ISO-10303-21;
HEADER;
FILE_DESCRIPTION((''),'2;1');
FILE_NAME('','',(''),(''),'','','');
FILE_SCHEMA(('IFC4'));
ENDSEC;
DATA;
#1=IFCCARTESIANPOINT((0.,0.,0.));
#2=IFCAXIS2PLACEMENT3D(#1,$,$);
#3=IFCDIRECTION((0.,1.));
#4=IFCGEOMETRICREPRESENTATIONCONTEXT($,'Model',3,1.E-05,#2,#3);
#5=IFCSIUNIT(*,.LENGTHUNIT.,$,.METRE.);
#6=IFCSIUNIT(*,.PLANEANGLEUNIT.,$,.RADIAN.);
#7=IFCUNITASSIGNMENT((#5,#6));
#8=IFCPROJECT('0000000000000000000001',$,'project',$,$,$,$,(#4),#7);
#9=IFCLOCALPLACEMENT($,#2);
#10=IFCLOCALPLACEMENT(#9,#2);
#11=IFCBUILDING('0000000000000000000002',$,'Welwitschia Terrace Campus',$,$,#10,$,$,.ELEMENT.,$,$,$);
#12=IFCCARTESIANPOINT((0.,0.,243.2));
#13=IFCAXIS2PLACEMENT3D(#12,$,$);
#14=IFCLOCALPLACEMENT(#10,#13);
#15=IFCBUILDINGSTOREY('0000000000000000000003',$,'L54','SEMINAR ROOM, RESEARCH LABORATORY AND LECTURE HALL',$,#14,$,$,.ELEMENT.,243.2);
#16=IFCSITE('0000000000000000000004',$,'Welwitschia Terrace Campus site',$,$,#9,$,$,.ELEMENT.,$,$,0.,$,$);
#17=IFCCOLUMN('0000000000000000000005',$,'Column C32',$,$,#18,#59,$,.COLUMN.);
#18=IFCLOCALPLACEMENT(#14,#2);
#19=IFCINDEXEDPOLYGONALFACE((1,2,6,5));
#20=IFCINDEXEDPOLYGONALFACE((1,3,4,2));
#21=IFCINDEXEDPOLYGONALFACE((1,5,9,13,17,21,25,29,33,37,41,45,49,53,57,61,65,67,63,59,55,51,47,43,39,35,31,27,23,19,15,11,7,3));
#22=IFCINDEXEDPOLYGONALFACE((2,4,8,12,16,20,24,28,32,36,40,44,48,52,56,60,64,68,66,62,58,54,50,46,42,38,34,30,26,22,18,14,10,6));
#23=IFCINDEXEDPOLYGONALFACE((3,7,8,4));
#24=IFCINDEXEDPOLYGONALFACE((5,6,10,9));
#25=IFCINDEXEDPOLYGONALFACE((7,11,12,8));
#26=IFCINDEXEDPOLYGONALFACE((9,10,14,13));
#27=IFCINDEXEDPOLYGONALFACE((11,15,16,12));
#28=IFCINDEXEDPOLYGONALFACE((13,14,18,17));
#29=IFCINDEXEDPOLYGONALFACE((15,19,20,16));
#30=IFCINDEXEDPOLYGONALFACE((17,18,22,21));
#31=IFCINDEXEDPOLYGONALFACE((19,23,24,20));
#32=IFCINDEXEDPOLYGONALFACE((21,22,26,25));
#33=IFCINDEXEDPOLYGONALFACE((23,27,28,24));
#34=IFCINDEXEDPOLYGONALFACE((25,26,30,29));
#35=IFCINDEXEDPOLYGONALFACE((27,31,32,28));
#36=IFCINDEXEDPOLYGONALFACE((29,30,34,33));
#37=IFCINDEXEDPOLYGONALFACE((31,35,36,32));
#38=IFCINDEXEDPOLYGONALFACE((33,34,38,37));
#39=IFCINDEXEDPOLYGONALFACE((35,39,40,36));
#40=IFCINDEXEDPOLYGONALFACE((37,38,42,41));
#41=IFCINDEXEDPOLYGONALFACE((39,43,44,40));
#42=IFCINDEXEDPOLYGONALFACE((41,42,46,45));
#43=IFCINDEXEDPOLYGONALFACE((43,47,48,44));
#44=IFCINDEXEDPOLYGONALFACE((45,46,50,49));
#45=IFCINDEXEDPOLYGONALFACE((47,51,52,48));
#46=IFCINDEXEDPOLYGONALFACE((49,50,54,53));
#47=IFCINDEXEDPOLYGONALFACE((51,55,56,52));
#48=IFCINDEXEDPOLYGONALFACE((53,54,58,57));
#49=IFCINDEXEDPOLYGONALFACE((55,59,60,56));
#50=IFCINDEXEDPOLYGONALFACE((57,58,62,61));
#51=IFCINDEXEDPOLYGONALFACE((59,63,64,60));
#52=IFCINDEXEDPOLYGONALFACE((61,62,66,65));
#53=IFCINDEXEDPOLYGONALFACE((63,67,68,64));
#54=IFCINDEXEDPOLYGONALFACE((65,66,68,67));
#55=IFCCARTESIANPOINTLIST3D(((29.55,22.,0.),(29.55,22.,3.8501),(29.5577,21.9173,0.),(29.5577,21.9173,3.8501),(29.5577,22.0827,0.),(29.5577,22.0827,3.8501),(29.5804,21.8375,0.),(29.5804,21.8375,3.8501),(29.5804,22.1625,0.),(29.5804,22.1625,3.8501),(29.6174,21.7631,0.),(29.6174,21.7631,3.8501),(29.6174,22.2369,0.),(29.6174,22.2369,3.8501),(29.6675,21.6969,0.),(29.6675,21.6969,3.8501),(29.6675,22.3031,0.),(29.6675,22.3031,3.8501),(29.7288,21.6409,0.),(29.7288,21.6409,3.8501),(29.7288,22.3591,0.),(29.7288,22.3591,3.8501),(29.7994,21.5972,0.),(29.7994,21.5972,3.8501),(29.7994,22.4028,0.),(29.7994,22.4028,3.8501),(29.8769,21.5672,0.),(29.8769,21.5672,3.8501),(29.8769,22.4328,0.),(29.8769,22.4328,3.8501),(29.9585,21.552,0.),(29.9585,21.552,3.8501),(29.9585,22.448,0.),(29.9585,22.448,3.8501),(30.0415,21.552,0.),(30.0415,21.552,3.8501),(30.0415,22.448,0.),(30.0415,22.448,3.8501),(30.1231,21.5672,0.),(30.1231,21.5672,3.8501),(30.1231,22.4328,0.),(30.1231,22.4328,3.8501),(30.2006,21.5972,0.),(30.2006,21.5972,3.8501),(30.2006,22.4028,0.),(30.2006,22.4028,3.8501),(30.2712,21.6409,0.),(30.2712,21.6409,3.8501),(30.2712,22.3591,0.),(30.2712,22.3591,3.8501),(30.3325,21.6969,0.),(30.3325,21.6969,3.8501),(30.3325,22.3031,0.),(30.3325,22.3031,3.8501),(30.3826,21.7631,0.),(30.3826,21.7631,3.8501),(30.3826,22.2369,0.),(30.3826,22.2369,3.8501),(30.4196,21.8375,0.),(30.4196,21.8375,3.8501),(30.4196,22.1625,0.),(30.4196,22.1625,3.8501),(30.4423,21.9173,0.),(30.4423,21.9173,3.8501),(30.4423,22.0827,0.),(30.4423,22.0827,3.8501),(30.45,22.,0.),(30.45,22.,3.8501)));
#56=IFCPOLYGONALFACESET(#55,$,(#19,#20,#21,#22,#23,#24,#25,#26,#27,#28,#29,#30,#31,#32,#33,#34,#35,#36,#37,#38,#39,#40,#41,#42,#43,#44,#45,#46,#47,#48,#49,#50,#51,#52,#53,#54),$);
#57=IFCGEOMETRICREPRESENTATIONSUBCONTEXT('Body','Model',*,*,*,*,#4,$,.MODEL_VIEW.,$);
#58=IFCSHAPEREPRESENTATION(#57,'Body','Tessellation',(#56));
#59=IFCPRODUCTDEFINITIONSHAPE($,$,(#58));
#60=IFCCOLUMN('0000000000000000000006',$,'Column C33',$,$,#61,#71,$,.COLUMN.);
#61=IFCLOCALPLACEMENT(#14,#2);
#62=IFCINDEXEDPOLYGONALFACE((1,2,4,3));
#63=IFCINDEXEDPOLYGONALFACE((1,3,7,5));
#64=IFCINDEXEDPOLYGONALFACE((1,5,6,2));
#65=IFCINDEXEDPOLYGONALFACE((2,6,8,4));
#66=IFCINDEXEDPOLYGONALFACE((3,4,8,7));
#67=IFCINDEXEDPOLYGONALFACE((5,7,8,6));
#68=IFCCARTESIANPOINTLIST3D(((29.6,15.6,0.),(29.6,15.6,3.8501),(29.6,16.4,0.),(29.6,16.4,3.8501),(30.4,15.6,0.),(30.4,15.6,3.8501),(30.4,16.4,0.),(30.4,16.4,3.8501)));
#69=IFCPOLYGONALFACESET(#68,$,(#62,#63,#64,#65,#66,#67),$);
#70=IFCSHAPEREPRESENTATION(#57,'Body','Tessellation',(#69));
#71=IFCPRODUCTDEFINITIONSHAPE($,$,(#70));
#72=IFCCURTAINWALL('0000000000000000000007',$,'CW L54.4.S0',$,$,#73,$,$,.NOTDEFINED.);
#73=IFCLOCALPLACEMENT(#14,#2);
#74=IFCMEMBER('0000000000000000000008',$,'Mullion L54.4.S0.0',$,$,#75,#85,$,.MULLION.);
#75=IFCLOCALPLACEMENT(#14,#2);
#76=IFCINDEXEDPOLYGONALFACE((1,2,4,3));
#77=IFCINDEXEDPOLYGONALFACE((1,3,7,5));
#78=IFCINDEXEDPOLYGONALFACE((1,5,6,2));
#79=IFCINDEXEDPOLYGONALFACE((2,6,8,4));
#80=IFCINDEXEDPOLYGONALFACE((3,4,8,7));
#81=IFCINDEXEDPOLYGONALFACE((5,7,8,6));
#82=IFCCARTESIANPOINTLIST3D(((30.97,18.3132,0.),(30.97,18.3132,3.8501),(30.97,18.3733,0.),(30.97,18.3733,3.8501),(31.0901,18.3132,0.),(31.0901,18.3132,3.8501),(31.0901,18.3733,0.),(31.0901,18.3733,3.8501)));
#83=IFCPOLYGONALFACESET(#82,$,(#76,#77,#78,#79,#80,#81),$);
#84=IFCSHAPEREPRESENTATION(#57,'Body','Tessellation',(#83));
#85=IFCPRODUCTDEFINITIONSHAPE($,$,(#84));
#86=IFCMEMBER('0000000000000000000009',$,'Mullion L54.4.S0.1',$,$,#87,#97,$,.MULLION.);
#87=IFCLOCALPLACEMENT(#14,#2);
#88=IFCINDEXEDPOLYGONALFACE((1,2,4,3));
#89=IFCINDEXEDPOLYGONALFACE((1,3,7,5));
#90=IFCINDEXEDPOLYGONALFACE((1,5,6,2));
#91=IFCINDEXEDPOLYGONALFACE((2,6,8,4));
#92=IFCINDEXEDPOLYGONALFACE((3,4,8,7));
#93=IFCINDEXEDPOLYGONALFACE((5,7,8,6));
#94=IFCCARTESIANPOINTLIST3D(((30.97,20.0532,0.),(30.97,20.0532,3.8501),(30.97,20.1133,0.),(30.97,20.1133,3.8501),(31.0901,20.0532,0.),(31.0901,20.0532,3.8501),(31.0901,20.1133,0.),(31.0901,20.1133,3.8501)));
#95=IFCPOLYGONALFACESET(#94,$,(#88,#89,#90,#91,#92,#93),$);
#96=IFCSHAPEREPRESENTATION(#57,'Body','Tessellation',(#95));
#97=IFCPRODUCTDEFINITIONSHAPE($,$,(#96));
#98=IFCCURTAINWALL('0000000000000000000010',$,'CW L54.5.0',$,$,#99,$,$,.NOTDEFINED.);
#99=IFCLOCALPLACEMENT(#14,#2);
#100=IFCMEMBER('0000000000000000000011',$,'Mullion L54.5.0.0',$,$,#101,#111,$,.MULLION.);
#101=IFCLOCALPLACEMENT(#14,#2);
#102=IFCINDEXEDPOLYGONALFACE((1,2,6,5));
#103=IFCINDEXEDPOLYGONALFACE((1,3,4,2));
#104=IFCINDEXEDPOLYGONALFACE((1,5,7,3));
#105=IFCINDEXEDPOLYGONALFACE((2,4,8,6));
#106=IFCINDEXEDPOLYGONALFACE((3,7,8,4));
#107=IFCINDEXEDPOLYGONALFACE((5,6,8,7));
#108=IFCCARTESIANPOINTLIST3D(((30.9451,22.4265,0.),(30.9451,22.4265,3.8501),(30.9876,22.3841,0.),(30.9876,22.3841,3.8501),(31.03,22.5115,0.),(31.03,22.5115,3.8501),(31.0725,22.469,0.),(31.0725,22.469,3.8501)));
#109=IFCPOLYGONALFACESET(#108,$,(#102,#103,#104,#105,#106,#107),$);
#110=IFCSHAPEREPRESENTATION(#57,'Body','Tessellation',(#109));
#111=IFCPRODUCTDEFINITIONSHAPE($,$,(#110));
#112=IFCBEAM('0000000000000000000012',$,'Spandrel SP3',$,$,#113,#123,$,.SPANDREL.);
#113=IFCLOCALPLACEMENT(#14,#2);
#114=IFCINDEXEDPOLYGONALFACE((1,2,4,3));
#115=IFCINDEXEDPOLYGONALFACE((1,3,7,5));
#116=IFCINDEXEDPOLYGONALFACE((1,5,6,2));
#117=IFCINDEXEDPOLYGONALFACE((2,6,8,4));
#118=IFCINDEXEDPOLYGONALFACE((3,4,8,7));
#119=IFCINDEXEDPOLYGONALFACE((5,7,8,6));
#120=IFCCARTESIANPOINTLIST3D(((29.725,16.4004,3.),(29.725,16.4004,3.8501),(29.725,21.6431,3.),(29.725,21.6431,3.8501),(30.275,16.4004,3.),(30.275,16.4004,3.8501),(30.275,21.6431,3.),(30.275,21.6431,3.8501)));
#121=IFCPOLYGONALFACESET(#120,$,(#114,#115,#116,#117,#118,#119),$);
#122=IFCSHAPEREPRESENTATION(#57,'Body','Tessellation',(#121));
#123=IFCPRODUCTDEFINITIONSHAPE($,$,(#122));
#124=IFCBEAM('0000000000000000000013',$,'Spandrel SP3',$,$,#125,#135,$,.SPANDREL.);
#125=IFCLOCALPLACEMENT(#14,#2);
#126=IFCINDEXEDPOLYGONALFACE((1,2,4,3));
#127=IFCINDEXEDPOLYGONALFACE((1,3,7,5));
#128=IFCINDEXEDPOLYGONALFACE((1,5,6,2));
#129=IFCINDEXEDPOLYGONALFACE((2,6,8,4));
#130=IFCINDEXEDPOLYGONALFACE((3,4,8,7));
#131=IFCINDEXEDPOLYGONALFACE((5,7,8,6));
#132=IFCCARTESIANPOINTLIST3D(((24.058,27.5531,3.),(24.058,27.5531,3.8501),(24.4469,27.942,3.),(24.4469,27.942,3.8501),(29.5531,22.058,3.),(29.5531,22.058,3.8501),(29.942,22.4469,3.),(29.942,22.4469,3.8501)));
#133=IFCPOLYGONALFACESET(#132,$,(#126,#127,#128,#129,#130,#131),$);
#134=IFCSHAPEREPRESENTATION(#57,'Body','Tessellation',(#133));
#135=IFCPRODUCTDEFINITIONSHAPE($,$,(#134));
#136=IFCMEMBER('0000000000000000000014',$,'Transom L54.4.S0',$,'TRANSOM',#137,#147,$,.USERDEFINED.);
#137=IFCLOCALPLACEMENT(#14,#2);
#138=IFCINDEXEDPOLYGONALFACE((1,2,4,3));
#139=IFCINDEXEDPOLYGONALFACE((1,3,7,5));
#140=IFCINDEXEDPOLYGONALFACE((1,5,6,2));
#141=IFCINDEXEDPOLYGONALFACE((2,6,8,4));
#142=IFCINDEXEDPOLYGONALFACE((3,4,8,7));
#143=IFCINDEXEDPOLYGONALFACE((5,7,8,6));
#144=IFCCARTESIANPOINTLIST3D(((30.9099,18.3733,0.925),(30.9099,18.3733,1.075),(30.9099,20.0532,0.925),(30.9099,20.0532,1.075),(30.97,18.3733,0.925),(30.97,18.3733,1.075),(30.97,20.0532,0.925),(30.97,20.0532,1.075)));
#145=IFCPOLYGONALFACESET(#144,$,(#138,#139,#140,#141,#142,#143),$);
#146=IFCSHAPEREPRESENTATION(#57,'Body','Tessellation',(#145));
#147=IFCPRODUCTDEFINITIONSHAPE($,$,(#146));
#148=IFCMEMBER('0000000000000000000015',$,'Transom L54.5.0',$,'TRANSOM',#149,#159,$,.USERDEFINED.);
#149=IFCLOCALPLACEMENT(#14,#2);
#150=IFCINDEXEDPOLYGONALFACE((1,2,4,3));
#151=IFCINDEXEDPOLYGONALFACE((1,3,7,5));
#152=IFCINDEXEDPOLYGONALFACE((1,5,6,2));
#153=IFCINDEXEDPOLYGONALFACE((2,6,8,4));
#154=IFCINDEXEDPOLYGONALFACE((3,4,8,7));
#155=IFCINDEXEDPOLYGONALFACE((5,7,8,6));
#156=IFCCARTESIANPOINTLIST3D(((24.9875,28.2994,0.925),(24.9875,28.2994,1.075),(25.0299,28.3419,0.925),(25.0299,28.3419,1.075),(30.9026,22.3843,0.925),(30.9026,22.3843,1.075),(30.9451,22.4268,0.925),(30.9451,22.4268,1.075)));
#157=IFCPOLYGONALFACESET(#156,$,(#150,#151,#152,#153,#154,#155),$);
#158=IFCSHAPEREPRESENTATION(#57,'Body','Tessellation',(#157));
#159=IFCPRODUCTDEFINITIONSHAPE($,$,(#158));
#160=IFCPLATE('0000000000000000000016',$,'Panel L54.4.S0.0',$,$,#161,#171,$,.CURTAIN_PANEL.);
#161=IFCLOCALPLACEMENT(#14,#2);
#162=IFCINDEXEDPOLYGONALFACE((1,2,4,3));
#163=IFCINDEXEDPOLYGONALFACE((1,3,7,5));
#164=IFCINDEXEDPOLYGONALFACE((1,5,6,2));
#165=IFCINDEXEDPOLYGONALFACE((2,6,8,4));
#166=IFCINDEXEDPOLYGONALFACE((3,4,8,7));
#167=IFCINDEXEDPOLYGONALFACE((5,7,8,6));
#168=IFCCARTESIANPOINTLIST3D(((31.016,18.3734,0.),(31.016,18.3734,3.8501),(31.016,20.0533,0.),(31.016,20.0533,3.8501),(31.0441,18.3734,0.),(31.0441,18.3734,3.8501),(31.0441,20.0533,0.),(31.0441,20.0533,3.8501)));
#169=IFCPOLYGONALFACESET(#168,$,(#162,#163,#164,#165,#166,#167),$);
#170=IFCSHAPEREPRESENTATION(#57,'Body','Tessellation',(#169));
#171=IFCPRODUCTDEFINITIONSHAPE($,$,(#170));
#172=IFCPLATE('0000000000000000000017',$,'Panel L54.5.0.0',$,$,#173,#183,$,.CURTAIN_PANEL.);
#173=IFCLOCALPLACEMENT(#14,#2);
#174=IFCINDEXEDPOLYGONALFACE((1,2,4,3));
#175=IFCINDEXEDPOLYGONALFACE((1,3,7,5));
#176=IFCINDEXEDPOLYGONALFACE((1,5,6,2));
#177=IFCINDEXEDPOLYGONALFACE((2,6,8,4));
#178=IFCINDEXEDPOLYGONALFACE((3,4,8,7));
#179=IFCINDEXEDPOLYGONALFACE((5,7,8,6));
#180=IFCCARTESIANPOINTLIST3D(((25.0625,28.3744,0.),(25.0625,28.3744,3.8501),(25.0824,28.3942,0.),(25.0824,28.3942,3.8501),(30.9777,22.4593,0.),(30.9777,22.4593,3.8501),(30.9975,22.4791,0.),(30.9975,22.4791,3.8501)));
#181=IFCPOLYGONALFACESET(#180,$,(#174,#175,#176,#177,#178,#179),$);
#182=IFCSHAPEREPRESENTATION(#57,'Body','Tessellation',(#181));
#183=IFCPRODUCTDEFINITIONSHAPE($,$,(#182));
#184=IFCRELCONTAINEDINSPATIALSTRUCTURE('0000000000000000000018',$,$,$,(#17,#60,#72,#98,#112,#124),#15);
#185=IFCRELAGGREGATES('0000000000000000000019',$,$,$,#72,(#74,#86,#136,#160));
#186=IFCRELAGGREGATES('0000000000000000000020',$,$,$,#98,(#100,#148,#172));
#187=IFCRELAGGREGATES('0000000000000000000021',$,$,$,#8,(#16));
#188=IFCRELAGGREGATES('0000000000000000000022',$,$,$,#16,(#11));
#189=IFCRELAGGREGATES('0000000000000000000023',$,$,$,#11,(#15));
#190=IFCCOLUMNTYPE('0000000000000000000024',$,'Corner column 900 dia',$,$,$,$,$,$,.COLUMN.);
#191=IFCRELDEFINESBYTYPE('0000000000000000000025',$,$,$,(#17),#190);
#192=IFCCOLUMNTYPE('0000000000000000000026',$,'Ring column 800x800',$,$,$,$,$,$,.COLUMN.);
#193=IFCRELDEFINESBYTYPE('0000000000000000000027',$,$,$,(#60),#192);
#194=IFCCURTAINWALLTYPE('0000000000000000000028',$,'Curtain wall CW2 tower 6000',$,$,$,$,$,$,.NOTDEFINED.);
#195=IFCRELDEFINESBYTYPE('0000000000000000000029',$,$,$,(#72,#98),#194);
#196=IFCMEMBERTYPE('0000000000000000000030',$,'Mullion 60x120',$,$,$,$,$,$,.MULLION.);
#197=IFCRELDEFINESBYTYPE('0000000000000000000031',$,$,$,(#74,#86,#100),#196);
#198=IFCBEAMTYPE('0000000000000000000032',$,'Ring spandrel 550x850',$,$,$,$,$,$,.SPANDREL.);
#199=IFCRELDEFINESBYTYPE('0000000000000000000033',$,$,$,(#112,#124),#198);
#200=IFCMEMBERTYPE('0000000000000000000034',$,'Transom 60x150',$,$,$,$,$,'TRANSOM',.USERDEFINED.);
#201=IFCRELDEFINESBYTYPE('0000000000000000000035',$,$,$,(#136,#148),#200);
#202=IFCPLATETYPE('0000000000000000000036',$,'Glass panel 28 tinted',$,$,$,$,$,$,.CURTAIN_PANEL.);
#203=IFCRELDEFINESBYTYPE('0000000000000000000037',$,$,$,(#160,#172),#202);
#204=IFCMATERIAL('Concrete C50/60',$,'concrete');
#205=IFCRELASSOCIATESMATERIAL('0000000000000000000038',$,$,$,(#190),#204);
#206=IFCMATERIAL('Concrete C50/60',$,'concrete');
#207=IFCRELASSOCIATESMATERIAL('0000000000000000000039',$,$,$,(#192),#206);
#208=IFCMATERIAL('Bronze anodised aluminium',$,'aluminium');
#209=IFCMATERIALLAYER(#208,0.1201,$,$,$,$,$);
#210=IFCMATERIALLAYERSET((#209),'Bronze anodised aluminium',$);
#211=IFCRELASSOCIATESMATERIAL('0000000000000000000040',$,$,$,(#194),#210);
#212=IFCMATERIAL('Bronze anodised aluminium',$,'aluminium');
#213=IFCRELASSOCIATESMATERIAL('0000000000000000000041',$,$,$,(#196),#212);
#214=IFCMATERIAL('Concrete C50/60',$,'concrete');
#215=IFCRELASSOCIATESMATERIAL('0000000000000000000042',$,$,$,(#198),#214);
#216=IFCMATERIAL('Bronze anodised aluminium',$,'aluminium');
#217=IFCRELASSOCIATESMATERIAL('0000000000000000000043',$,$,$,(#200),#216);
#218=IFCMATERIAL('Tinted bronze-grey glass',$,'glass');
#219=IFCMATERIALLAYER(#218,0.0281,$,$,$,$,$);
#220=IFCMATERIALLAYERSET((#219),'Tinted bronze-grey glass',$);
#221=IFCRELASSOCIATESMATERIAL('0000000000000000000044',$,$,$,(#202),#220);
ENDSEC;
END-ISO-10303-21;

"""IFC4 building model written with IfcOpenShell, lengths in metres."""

from ifc_helpers import new_model, si_unit, direction, frame, origin, origin_2d, place, context, subcontext, project, spatial, rectangle, circle, extrude, material, layer, layer_set, material_profile, profile_set, type_object, element, aggregate, save


model = new_model("IFC4")

# Units and contexts
model_context = context("Model", 3, precision=1e-05, world=origin(), true_north=direction((0.0, 1.0)))
body_context = subcontext(model_context, "Body", "Model", "MODEL_VIEW")
ifc_project = project(units=[si_unit("LENGTHUNIT", "METRE"), si_unit("PLANEANGLEUNIT", "RADIAN")], contexts=[model_context])

# Site, building, storey
site_placement = place(None, origin())
site = spatial("IfcSite", under=ifc_project, at=site_placement, Name="Welwitschia Terrace Campus site", CompositionType="ELEMENT", RefElevation=0.0)
building_placement = place(site_placement, origin())
building = spatial("IfcBuilding", under=site, at=building_placement, Name="Welwitschia Terrace Campus", CompositionType="ELEMENT")
storey_placement = place(building_placement, frame((0.0, 0.0, 243.2)))
storey = spatial("IfcBuildingStorey", under=building, at=storey_placement, Name="L54", Description="SEMINAR ROOM, RESEARCH LABORATORY AND LECTURE HALL", CompositionType="ELEMENT", Elevation=243.2)

# Columns
ifc_material_1 = material(Name="Concrete C50/60", Category="concrete")
ifc_material_profile_1 = material_profile(ifc_material_1, circle(Radius=0.45, at=origin_2d()))
ifc_profile_set_1 = profile_set([ifc_material_profile_1], Name="Concrete C50/60")
column_type_1 = type_object("IfcColumnType", Name="Corner column 900 dia", PredefinedType="COLUMN", material=ifc_profile_set_1)
column_1_placement = place(storey_placement, frame((30.0, 22.0, 0.0), z_axis=(0.0, 0.0, 1.0), x_axis=(1.0, 0.0, 0.0)))
element("IfcColumn", 1, at=column_1_placement, inside=storey, type_object=column_type_1, Name="Column C32", PredefinedType="COLUMN", context=body_context, shape_type="SweptSolid", body=[
    extrude(circle(Radius=0.45, at=origin_2d()), origin(), (0.0, 0.0, 1.0), 3.8501),
])
ifc_material_2 = material(Name="Concrete C50/60", Category="concrete")
ifc_material_profile_2 = material_profile(ifc_material_2, rectangle(XDim=0.8, YDim=0.8, at=origin_2d()))
ifc_profile_set_2 = profile_set([ifc_material_profile_2], Name="Concrete C50/60")
column_type_2 = type_object("IfcColumnType", Name="Ring column 800x800", PredefinedType="COLUMN", material=ifc_profile_set_2)
column_2_placement = place(storey_placement, frame((30.0, 16.0, 0.0), z_axis=(0.0, 0.0, 1.0), x_axis=(1.0, 0.0, 0.0)))
element("IfcColumn", 2, at=column_2_placement, inside=storey, type_object=column_type_2, Name="Column C33", PredefinedType="COLUMN", context=body_context, shape_type="SweptSolid", body=[
    extrude(rectangle(XDim=0.8, YDim=0.8, at=origin_2d()), origin(), (0.0, 0.0, 1.0), 3.8501),
])

# Curtain wall, members
ifc_material_3 = material(Name="Bronze anodised aluminium", Category="aluminium")
ifc_layer_1 = layer(ifc_material_3, 0.1201)
ifc_layer_set_1 = layer_set([ifc_layer_1], Name="Bronze anodised aluminium")
curtain_wall_type = type_object("IfcCurtainWallType", Name="Curtain wall CW2 tower 6000", PredefinedType="NOTDEFINED", material=ifc_layer_set_1)
curtain_wall_1_placement = place(storey_placement, origin())
curtain_wall_1 = element("IfcCurtainWall", 3, at=curtain_wall_1_placement, inside=storey, type_object=curtain_wall_type, Name="CW L54.4.S0", PredefinedType="NOTDEFINED")
ifc_material_4 = material(Name="Bronze anodised aluminium", Category="aluminium")
ifc_material_profile_3 = material_profile(ifc_material_4, rectangle(XDim=0.1201, YDim=0.0601, at=origin_2d()))
ifc_profile_set_3 = profile_set([ifc_material_profile_3], Name="Bronze anodised aluminium")
member_type_1 = type_object("IfcMemberType", Name="Mullion 60x120", PredefinedType="MULLION", material=ifc_profile_set_3)
member_1_placement = place(storey_placement, frame((31.03, 18.3433, 0.0), z_axis=(0.0, 0.0, 1.0), x_axis=(-1.0, 0.0, 0.0)))
member_1 = element("IfcMember", 4, at=member_1_placement, type_object=member_type_1, Name="Mullion L54.4.S0.0", PredefinedType="MULLION", context=body_context, shape_type="SweptSolid", body=[
    extrude(rectangle(XDim=0.1201, YDim=0.0601, at=origin_2d()), origin(), (0.0, 0.0, 1.0), 3.8501),
])
member_2_placement = place(storey_placement, frame((31.03, 20.0833, 0.0), z_axis=(0.0, 0.0, 1.0), x_axis=(-1.0, 0.0, 0.0)))
member_2 = element("IfcMember", 5, at=member_2_placement, type_object=member_type_1, Name="Mullion L54.4.S0.1", PredefinedType="MULLION", context=body_context, shape_type="SweptSolid", body=[
    extrude(rectangle(XDim=0.1201, YDim=0.0601, at=origin_2d()), origin(), (0.0, 0.0, 1.0), 3.8501),
])

# Curtain wall, member
curtain_wall_2_placement = place(storey_placement, origin())
curtain_wall_2 = element("IfcCurtainWall", 6, at=curtain_wall_2_placement, inside=storey, type_object=curtain_wall_type, Name="CW L54.5.0", PredefinedType="NOTDEFINED")
member_3_placement = place(storey_placement, frame((31.0088, 22.4478, 0.0), z_axis=(0.0, 0.0, 1.0), x_axis=(-0.707107, -0.707107, 0.0)))
member_3 = element("IfcMember", 7, at=member_3_placement, type_object=member_type_1, Name="Mullion L54.5.0.0", PredefinedType="MULLION", context=body_context, shape_type="SweptSolid", body=[
    extrude(rectangle(XDim=0.1201, YDim=0.0601, at=origin_2d()), origin(), (0.0, 0.0, 1.0), 3.8501),
])

# Beams
ifc_material_5 = material(Name="Concrete C50/60", Category="concrete")
ifc_material_profile_4 = material_profile(ifc_material_5, rectangle(XDim=0.55, YDim=0.8501, at=origin_2d()))
ifc_profile_set_4 = profile_set([ifc_material_profile_4], Name="Concrete C50/60")
beam_type = type_object("IfcBeamType", Name="Ring spandrel 550x850", PredefinedType="SPANDREL", material=ifc_profile_set_4)
beam_1_placement = place(storey_placement, frame((30.0, 16.4004, 3.425), z_axis=(0.0, 1.0, 0.0), x_axis=(-1.0, 0.0, 0.0)))
element("IfcBeam", 8, at=beam_1_placement, inside=storey, type_object=beam_type, Name="Spandrel SP3", PredefinedType="SPANDREL", context=body_context, shape_type="SweptSolid", body=[
    extrude(rectangle(XDim=0.55, YDim=0.8501, at=origin_2d()), origin(), (0.0, 0.0, 1.0), 5.2427),
])
beam_2_placement = place(storey_placement, frame((29.7476, 22.2524, 3.425), z_axis=(-0.707107, 0.707107, 0.0), x_axis=(-0.707107, -0.707107, 0.0)))
element("IfcBeam", 9, at=beam_2_placement, inside=storey, type_object=beam_type, Name="Spandrel SP3", PredefinedType="SPANDREL", context=body_context, shape_type="SweptSolid", body=[
    extrude(rectangle(XDim=0.55, YDim=0.8501, at=origin_2d()), origin(), (0.0, 0.0, 1.0), 7.7712),
])

# Members
ifc_material_6 = material(Name="Bronze anodised aluminium", Category="aluminium")
ifc_material_profile_5 = material_profile(ifc_material_6, rectangle(XDim=0.0601, YDim=0.1499, at=origin_2d()))
ifc_profile_set_5 = profile_set([ifc_material_profile_5], Name="Bronze anodised aluminium")
member_type_2 = type_object("IfcMemberType", Name="Transom 60x150", ElementType="TRANSOM", PredefinedType="USERDEFINED", material=ifc_profile_set_5)
member_4_placement = place(storey_placement, frame((30.9399, 18.3733, 1.0), z_axis=(0.0, 1.0, 0.0), x_axis=(-1.0, 0.0, 0.0)))
member_4 = element("IfcMember", 10, at=member_4_placement, type_object=member_type_2, Name="Transom L54.4.S0", ObjectType="TRANSOM", PredefinedType="USERDEFINED", context=body_context, shape_type="SweptSolid", body=[
    extrude(rectangle(XDim=0.0601, YDim=0.1499, at=origin_2d()), origin(), (0.0, 0.0, 1.0), 1.6799),
])
member_5_placement = place(storey_placement, frame((30.9238, 22.4055, 1.0), z_axis=(-0.707107, 0.707107, 0.0), x_axis=(-0.707107, -0.707107, 0.0)))
member_5 = element("IfcMember", 11, at=member_5_placement, type_object=member_type_2, Name="Transom L54.5.0", ObjectType="TRANSOM", PredefinedType="USERDEFINED", context=body_context, shape_type="SweptSolid", body=[
    extrude(rectangle(XDim=0.0601, YDim=0.1499, at=origin_2d()), origin(), (0.0, 0.0, 1.0), 8.3652),
])

# Plates
ifc_material_7 = material(Name="Tinted bronze-grey glass", Category="glass")
ifc_layer_2 = layer(ifc_material_7, 0.0281)
ifc_layer_set_2 = layer_set([ifc_layer_2], Name="Tinted bronze-grey glass")
plate_type = type_object("IfcPlateType", Name="Glass panel 28 tinted", PredefinedType="CURTAIN_PANEL", material=ifc_layer_set_2)
plate_1_placement = place(storey_placement, frame((31.03, 19.2134, 0.0), z_axis=(0.0, 0.0, 1.0), x_axis=(0.0, 1.0, 0.0)))
plate_1 = element("IfcPlate", 12, at=plate_1_placement, type_object=plate_type, Name="Panel L54.4.S0.0", PredefinedType="CURTAIN_PANEL", context=body_context, shape_type="SweptSolid", body=[
    extrude(rectangle(XDim=1.6799, YDim=0.0281, at=origin_2d()), origin(), (0.0, 0.0, 1.0), 3.8501),
])
aggregate(curtain_wall_1, [member_1, member_2, member_4, plate_1])
plate_2_placement = place(storey_placement, frame((28.03, 25.4268, 0.0), z_axis=(0.0, 0.0, 1.0), x_axis=(-0.707107, 0.707107, 0.0)))
plate_2 = element("IfcPlate", 13, at=plate_2_placement, type_object=plate_type, Name="Panel L54.5.0.0", PredefinedType="CURTAIN_PANEL", context=body_context, shape_type="SweptSolid", body=[
    extrude(rectangle(XDim=8.3652, YDim=0.0281, at=origin_2d()), origin(), (0.0, 0.0, 1.0), 3.8501),
])
aggregate(curtain_wall_2, [member_3, member_5, plate_2])

save(model, "model.ifc")
